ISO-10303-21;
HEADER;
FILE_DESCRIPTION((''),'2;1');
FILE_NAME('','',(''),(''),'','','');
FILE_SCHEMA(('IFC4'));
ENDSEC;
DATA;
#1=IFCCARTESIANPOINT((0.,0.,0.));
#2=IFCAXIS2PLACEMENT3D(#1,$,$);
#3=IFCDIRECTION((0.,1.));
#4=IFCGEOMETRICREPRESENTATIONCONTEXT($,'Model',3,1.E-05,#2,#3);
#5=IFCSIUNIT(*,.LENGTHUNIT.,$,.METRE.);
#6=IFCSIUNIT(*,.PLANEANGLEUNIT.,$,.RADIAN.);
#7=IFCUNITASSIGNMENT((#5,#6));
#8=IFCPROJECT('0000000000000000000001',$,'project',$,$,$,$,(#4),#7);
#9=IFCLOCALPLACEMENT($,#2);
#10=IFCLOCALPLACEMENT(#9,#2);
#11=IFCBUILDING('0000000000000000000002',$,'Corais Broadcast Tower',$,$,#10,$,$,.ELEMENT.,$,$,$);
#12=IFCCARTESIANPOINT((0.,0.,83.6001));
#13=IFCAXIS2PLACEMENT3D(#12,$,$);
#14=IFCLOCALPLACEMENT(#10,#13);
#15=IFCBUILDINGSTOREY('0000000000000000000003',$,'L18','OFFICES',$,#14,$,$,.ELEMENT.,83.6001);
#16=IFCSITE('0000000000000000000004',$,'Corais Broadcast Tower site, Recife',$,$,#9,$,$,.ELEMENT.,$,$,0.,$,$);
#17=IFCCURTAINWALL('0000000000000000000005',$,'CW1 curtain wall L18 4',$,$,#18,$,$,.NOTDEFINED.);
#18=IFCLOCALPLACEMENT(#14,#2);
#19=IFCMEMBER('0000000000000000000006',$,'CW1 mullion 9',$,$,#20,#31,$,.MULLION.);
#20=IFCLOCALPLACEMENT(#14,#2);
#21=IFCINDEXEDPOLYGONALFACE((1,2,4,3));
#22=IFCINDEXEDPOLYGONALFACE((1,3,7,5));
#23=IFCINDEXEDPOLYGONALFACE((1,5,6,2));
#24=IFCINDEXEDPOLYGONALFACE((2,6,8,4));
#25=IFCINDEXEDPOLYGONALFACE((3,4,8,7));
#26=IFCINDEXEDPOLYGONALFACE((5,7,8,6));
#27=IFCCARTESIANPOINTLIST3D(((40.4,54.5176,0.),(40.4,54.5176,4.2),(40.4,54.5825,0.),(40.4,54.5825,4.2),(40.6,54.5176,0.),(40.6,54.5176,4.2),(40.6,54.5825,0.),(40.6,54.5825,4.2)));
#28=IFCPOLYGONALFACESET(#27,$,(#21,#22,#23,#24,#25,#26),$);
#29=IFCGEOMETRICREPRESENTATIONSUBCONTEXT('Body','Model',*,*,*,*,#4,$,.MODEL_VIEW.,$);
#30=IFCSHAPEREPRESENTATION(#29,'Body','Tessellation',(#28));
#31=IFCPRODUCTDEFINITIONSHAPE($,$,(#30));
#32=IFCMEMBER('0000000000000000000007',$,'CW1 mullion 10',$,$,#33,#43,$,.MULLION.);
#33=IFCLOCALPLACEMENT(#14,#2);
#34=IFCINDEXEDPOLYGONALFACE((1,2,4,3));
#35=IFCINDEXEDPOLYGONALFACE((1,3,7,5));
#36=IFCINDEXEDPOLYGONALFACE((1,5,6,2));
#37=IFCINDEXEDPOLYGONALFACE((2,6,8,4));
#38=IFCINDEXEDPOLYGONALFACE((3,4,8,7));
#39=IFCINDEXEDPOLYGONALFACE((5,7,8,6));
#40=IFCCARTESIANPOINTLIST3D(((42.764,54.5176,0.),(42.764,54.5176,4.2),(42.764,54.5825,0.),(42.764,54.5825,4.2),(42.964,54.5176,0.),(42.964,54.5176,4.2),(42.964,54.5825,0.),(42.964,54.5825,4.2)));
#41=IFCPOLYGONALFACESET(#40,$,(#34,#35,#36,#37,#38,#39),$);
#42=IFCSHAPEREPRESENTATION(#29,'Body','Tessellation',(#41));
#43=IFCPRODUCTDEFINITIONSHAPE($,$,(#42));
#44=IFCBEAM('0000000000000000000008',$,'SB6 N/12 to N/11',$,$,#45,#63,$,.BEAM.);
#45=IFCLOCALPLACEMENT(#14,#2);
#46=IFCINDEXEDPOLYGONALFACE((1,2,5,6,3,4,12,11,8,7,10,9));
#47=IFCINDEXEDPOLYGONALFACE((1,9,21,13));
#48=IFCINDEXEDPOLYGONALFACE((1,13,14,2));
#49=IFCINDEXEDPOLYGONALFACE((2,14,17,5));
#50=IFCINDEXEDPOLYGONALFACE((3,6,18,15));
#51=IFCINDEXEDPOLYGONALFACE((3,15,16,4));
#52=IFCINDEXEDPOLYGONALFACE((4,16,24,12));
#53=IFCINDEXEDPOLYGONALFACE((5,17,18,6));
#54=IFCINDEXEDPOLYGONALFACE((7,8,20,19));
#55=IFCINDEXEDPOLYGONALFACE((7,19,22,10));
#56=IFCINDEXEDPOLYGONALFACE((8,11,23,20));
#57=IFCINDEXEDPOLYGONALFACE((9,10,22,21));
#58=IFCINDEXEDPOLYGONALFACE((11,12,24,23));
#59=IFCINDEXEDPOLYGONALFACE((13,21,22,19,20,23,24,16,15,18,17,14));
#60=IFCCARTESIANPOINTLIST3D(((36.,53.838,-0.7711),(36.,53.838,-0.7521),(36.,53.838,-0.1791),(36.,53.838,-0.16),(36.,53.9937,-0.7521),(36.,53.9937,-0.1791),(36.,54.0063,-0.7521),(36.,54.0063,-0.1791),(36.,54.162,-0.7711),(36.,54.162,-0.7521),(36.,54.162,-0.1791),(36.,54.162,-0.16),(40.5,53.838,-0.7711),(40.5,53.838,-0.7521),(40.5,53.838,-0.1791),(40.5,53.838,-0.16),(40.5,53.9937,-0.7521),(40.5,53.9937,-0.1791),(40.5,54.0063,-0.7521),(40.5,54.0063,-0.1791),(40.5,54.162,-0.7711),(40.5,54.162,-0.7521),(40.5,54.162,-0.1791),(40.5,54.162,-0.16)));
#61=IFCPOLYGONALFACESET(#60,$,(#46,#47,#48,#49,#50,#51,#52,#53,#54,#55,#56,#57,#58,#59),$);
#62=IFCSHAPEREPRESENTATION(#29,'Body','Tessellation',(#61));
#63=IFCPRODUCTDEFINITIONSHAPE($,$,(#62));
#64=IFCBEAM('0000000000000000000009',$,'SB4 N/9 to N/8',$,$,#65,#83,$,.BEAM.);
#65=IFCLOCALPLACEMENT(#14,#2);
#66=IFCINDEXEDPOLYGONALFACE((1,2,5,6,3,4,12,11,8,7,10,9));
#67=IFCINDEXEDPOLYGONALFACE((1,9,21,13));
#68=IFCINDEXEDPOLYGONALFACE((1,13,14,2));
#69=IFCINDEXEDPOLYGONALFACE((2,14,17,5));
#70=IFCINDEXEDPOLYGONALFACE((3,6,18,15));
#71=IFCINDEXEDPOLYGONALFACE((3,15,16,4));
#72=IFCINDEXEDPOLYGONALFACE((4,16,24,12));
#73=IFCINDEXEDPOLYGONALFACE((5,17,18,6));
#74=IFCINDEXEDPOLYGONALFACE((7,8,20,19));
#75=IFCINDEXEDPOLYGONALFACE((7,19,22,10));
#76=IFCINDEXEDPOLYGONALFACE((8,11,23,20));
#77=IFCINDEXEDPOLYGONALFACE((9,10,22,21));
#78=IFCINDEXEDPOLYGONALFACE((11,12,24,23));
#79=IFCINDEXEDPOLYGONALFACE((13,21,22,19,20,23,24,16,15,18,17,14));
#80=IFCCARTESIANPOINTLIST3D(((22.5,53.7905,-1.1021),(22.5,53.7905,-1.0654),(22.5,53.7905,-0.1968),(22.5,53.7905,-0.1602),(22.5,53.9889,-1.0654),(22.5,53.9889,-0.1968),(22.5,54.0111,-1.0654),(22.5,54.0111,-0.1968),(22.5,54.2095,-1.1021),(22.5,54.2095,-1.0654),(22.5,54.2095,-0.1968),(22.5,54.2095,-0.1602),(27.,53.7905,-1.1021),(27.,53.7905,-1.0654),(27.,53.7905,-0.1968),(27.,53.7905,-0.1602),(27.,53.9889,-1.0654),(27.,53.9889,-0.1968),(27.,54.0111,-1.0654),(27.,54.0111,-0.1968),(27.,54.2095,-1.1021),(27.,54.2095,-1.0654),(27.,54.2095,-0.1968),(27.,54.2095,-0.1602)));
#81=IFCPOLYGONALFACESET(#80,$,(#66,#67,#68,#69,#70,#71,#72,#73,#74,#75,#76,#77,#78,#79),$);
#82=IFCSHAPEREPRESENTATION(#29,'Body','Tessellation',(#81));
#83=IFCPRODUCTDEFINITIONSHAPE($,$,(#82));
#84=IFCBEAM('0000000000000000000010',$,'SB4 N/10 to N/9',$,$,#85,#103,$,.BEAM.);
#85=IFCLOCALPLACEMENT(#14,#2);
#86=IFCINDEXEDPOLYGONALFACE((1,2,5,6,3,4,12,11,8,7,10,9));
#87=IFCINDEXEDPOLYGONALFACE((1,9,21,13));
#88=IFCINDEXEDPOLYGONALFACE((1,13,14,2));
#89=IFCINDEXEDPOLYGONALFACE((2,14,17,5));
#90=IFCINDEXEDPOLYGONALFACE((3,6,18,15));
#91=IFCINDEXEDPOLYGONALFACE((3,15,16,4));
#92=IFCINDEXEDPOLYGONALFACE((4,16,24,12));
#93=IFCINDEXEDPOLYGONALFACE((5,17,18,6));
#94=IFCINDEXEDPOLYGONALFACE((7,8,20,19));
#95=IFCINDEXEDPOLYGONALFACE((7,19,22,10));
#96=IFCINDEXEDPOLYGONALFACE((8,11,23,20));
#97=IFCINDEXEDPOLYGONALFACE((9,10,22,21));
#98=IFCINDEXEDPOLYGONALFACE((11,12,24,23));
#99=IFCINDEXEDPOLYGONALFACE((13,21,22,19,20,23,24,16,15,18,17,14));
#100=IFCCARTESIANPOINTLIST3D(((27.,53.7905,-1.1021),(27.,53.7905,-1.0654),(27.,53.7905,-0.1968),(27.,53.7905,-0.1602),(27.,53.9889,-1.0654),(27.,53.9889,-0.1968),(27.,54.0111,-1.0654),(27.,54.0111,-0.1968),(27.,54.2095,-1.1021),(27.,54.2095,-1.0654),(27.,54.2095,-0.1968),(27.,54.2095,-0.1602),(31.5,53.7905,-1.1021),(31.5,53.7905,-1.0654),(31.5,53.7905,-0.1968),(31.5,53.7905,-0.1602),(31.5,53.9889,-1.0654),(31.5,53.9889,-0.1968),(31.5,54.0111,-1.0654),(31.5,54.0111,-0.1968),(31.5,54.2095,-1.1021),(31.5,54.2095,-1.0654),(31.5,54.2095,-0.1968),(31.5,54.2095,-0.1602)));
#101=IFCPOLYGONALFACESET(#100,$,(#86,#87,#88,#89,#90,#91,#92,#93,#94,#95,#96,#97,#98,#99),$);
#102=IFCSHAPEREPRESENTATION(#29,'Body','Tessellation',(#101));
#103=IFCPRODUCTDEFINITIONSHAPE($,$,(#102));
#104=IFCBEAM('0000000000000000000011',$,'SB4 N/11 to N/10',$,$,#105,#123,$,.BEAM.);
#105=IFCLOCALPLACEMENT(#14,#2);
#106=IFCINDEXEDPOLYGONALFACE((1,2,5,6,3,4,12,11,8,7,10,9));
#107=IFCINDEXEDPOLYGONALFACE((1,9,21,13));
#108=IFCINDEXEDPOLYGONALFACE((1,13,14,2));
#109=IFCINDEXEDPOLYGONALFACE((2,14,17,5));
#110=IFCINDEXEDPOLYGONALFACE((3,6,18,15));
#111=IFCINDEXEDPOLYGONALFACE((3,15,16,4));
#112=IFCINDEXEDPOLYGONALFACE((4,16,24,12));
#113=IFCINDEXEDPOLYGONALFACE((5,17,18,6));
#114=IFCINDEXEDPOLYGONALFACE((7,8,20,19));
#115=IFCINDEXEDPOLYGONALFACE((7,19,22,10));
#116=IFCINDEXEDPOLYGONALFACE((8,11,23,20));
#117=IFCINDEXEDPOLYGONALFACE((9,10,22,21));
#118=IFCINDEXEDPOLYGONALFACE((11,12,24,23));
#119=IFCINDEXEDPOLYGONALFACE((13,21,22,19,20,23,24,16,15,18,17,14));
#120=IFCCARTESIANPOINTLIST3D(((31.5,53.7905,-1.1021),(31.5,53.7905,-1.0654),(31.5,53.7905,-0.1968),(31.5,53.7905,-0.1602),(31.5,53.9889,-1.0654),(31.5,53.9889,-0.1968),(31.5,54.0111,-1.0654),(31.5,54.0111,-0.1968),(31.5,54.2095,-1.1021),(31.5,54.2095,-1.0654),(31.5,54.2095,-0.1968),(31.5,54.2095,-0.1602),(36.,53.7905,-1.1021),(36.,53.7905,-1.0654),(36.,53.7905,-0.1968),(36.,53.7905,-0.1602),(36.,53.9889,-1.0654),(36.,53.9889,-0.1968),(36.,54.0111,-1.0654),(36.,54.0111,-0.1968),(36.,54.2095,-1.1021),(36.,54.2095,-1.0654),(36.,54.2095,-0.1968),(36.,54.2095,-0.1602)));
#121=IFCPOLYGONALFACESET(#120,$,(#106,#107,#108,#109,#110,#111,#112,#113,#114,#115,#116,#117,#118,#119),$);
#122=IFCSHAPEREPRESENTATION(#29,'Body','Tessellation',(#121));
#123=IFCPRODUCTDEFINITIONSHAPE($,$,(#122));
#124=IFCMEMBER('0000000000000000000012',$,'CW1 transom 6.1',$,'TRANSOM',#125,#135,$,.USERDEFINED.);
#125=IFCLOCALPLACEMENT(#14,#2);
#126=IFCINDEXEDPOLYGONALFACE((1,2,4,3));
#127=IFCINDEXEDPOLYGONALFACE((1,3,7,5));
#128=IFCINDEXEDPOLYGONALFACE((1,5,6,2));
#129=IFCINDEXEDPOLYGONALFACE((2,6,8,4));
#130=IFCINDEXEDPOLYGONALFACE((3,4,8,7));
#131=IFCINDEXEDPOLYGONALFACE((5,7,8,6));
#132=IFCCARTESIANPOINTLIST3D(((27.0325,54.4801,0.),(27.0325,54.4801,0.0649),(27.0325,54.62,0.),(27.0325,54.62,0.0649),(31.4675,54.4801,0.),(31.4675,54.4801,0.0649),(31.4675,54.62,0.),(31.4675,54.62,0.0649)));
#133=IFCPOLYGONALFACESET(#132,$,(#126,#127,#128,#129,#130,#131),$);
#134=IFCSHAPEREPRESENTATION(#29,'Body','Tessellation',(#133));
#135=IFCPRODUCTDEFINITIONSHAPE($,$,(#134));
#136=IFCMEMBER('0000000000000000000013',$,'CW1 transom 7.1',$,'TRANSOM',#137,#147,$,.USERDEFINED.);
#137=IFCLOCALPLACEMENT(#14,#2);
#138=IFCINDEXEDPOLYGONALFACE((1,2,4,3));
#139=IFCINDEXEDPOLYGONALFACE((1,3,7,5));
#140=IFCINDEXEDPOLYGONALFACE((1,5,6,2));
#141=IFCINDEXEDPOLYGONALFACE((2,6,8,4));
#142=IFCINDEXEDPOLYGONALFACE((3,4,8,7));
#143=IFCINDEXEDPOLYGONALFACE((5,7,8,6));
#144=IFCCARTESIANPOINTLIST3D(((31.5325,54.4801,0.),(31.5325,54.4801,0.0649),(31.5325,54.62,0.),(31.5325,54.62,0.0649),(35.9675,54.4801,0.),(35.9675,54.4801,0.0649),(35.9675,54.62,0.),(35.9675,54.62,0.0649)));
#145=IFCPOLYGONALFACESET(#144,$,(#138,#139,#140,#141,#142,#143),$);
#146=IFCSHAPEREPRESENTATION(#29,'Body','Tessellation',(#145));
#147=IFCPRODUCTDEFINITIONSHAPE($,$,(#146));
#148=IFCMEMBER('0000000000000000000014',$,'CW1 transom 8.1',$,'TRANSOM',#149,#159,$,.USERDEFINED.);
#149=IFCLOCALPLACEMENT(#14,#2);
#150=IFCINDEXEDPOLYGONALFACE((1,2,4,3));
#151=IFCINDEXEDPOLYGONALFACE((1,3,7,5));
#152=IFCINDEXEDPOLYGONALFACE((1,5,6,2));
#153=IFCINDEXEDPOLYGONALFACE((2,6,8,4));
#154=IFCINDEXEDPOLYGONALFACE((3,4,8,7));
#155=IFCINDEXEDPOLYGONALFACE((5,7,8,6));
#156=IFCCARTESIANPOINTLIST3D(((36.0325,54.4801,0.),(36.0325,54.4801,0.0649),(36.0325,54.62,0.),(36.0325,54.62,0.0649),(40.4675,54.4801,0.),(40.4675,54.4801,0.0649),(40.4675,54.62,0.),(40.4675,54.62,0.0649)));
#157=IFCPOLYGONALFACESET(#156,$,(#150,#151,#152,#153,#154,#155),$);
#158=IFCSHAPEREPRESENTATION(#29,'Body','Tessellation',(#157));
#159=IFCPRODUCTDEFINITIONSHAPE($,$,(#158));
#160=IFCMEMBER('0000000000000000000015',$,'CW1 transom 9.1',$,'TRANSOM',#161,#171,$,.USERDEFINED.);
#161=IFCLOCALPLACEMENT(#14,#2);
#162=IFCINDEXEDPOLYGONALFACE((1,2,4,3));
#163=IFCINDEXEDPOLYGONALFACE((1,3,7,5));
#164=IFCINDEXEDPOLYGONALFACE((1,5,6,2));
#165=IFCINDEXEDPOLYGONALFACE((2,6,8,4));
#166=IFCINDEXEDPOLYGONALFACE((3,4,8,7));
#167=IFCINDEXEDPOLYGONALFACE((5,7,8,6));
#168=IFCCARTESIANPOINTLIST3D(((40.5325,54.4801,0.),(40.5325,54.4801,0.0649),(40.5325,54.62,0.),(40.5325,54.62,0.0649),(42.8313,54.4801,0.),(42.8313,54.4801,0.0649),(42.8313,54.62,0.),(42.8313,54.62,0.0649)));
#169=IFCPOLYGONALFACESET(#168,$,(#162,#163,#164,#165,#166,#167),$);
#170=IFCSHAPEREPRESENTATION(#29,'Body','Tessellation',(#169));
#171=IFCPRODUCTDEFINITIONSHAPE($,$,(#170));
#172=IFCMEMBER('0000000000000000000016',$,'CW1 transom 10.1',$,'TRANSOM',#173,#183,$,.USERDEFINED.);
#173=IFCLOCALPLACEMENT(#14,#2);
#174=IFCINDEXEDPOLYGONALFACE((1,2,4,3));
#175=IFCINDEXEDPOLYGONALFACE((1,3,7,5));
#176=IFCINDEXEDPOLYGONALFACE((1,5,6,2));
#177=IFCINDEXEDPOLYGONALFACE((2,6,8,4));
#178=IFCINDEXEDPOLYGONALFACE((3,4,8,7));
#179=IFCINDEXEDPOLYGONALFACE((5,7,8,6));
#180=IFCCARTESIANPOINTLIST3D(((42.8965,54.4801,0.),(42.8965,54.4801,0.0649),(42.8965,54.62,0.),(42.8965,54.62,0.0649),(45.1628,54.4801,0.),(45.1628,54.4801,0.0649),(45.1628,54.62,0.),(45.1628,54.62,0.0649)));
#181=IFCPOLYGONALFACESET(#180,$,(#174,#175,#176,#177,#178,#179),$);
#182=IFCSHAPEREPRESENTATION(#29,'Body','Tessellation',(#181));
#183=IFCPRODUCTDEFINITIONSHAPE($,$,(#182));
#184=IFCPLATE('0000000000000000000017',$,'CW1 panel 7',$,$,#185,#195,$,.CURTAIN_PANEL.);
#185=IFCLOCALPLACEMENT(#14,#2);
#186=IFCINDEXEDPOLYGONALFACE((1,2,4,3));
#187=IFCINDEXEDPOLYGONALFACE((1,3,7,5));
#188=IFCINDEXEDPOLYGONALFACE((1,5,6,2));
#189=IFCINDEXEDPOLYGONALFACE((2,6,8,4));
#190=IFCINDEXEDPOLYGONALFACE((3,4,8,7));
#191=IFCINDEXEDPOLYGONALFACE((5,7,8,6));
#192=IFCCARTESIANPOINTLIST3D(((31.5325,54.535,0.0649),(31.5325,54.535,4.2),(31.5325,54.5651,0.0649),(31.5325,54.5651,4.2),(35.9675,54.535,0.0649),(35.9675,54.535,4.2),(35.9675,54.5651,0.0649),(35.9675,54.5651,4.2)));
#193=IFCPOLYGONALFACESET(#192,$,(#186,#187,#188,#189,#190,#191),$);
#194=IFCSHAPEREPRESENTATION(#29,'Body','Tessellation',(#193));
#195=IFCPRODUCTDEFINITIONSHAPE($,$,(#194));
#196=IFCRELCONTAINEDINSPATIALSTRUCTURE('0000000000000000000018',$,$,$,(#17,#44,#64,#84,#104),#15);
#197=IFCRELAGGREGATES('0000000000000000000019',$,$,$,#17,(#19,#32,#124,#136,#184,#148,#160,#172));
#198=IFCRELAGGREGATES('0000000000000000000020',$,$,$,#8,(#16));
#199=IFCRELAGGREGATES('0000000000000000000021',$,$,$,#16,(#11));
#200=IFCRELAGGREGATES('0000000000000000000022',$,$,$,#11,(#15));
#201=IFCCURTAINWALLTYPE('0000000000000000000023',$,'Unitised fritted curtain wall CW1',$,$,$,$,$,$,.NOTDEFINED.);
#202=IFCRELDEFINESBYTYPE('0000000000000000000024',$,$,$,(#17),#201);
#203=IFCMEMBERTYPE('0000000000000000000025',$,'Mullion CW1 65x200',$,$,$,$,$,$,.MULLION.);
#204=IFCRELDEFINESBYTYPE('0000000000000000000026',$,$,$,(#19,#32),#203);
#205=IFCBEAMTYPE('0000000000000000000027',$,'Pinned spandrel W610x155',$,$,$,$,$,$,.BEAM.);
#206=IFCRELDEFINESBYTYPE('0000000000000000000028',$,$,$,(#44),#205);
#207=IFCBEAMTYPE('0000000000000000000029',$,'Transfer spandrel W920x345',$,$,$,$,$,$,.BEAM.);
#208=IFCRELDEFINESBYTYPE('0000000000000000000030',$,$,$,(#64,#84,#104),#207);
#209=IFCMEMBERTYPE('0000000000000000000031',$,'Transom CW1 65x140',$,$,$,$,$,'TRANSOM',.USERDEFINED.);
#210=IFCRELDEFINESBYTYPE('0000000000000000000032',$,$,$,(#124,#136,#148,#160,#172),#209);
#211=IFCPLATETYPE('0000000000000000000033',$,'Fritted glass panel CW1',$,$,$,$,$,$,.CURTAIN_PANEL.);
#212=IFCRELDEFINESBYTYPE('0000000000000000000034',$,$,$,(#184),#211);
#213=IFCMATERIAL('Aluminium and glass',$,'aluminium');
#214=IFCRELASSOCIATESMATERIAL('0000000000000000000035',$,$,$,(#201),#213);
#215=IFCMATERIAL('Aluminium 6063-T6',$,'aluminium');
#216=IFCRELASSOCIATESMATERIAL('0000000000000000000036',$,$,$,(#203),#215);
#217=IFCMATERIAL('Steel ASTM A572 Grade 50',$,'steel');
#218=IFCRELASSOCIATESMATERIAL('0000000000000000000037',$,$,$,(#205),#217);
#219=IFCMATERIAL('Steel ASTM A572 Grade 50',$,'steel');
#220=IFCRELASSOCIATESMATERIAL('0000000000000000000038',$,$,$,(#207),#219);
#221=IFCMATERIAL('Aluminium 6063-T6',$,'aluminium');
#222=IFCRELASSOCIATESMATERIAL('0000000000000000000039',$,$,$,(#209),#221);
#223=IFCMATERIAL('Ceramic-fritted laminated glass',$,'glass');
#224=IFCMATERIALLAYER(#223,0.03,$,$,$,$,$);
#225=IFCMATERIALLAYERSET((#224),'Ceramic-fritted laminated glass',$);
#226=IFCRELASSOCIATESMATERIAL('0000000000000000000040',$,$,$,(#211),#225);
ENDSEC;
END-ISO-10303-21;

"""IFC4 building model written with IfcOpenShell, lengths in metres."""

from ifc_helpers import new_model, si_unit, direction, frame, origin, origin_2d, place, context, subcontext, project, spatial, rectangle, i_section, extrude, material, layer, layer_set, material_profile, profile_set, type_object, element, aggregate, save


model = new_model("IFC4")

# Units and contexts
model_context = context("Model", 3, precision=1e-05, world=origin(), true_north=direction((0.0, 1.0)))
body_context = subcontext(model_context, "Body", "Model", "MODEL_VIEW")
ifc_project = project(units=[si_unit("LENGTHUNIT", "METRE"), si_unit("PLANEANGLEUNIT", "RADIAN")], contexts=[model_context])

# Site, building, storey
site_placement = place(None, origin())
site = spatial("IfcSite", under=ifc_project, at=site_placement, Name="Corais Broadcast Tower site, Recife", CompositionType="ELEMENT", RefElevation=0.0)
building_placement = place(site_placement, origin())
building = spatial("IfcBuilding", under=site, at=building_placement, Name="Corais Broadcast Tower", CompositionType="ELEMENT")
storey_placement = place(building_placement, frame((0.0, 0.0, 83.6001)))
storey = spatial("IfcBuildingStorey", under=building, at=storey_placement, Name="L18", Description="OFFICES", CompositionType="ELEMENT", Elevation=83.6001)

# Curtain wall, members
ifc_material_1 = material(Name="Aluminium and glass", Category="aluminium")
curtain_wall_type = type_object("IfcCurtainWallType", Name="Unitised fritted curtain wall CW1", PredefinedType="NOTDEFINED", material=ifc_material_1)
curtain_wall_placement = place(storey_placement, origin())
curtain_wall = element("IfcCurtainWall", 1, at=curtain_wall_placement, inside=storey, type_object=curtain_wall_type, Name="CW1 curtain wall L18 4", PredefinedType="NOTDEFINED")
ifc_material_2 = material(Name="Aluminium 6063-T6", Category="aluminium")
ifc_material_profile_1 = material_profile(ifc_material_2, rectangle(XDim=0.0649, YDim=0.2, at=origin_2d()), Name="Mullion CW1 65x200")
ifc_profile_set_1 = profile_set([ifc_material_profile_1], Name="Aluminium 6063-T6")
member_type_1 = type_object("IfcMemberType", Name="Mullion CW1 65x200", PredefinedType="MULLION", material=ifc_profile_set_1)
member_1_placement = place(storey_placement, frame((40.5, 54.55, 0.0), z_axis=(0.0, 0.0, 1.0), x_axis=(0.0, 1.0, 0.0)))
member_1 = element("IfcMember", 2, at=member_1_placement, type_object=member_type_1, Name="CW1 mullion 9", PredefinedType="MULLION", context=body_context, shape_type="SweptSolid", body=[
    extrude(rectangle(XDim=0.0649, YDim=0.2, at=origin_2d()), origin(), (0.0, 0.0, 1.0), 4.2),
])
member_2_placement = place(storey_placement, frame((42.864, 54.55, 0.0), z_axis=(0.0, 0.0, 1.0), x_axis=(0.0, 1.0, 0.0)))
member_2 = element("IfcMember", 3, at=member_2_placement, type_object=member_type_1, Name="CW1 mullion 10", PredefinedType="MULLION", context=body_context, shape_type="SweptSolid", body=[
    extrude(rectangle(XDim=0.0649, YDim=0.2, at=origin_2d()), origin(), (0.0, 0.0, 1.0), 4.2),
])

# Beams
ifc_material_3 = material(Name="Steel ASTM A572 Grade 50", Category="steel")
ifc_material_profile_2 = material_profile(ifc_material_3, i_section(OverallWidth=0.324, OverallDepth=0.6111, WebThickness=0.0127, FlangeThickness=0.019, at=origin_2d()), Name="W610x155")
ifc_profile_set_2 = profile_set([ifc_material_profile_2], Name="Steel ASTM A572 Grade 50")
beam_type_1 = type_object("IfcBeamType", Name="Pinned spandrel W610x155", PredefinedType="BEAM", material=ifc_profile_set_2)
beam_placement = place(storey_placement, frame((40.5, 54.0, -0.4656), z_axis=(-1.0, 0.0, 0.0), x_axis=(0.0, -1.0, 0.0)))
element("IfcBeam", 4, at=beam_placement, inside=storey, type_object=beam_type_1, Name="SB6 N/12 to N/11", PredefinedType="BEAM", context=body_context, shape_type="SweptSolid", body=[
    extrude(i_section(OverallWidth=0.324, OverallDepth=0.6111, WebThickness=0.0127, FlangeThickness=0.019, at=origin_2d()), origin(), (0.0, 0.0, 1.0), 4.5),
])
ifc_material_4 = material(Name="Steel ASTM A572 Grade 50", Category="steel")
ifc_material_profile_3 = material_profile(ifc_material_4, i_section(OverallWidth=0.4189, OverallDepth=0.9419, WebThickness=0.0222, FlangeThickness=0.0366, at=origin_2d()), Name="W920x345")
ifc_profile_set_3 = profile_set([ifc_material_profile_3], Name="Steel ASTM A572 Grade 50")
beam_type_2 = type_object("IfcBeamType", Name="Transfer spandrel W920x345", PredefinedType="BEAM", material=ifc_profile_set_3)
for number, where, z_axis, x_axis, name in (
    (5, (27.0, 54.0, -0.6311), (-1.0, 0.0, 0.0), (0.0, -1.0, 0.0), "SB4 N/9 to N/8"),
    (6, (31.5, 54.0, -0.6311), (-1.0, 0.0, 0.0), (0.0, -1.0, 0.0), "SB4 N/10 to N/9"),
    (7, (36.0, 54.0, -0.6311), (-1.0, 0.0, 0.0), (0.0, -1.0, 0.0), "SB4 N/11 to N/10"),
):
    element("IfcBeam", number, at=place(storey_placement, frame(where, z_axis=z_axis, x_axis=x_axis)), inside=storey, type_object=beam_type_2, Name=name, PredefinedType="BEAM", context=body_context, shape_type="SweptSolid", body=[
        extrude(i_section(OverallWidth=0.4189, OverallDepth=0.9419, WebThickness=0.0222, FlangeThickness=0.0366, at=origin_2d()), origin(), (0.0, 0.0, 1.0), 4.5),
    ])

# Members
ifc_material_5 = material(Name="Aluminium 6063-T6", Category="aluminium")
ifc_material_profile_4 = material_profile(ifc_material_5, rectangle(XDim=0.1399, YDim=0.0649, at=origin_2d()), Name="Transom CW1 65x140")
ifc_profile_set_4 = profile_set([ifc_material_profile_4], Name="Aluminium 6063-T6")
member_type_2 = type_object("IfcMemberType", Name="Transom CW1 65x140", ElementType="TRANSOM", PredefinedType="USERDEFINED", material=ifc_profile_set_4)
member_3_placement = place(storey_placement, frame((27.0325, 54.55, 0.0325), z_axis=(1.0, 0.0, 0.0), x_axis=(0.0, 1.0, 0.0)))
member_3 = element("IfcMember", 8, at=member_3_placement, type_object=member_type_2, Name="CW1 transom 6.1", ObjectType="TRANSOM", PredefinedType="USERDEFINED", context=body_context, shape_type="SweptSolid", body=[
    extrude(rectangle(XDim=0.1399, YDim=0.0649, at=origin_2d()), origin(), (0.0, 0.0, 1.0), 4.4351),
])
member_4_placement = place(storey_placement, frame((31.5325, 54.55, 0.0325), z_axis=(1.0, 0.0, 0.0), x_axis=(0.0, 1.0, 0.0)))
member_4 = element("IfcMember", 9, at=member_4_placement, type_object=member_type_2, Name="CW1 transom 7.1", ObjectType="TRANSOM", PredefinedType="USERDEFINED", context=body_context, shape_type="SweptSolid", body=[
    extrude(rectangle(XDim=0.1399, YDim=0.0649, at=origin_2d()), origin(), (0.0, 0.0, 1.0), 4.4351),
])
member_5_placement = place(storey_placement, frame((36.0325, 54.55, 0.0325), z_axis=(1.0, 0.0, 0.0), x_axis=(0.0, 1.0, 0.0)))
member_5 = element("IfcMember", 10, at=member_5_placement, type_object=member_type_2, Name="CW1 transom 8.1", ObjectType="TRANSOM", PredefinedType="USERDEFINED", context=body_context, shape_type="SweptSolid", body=[
    extrude(rectangle(XDim=0.1399, YDim=0.0649, at=origin_2d()), origin(), (0.0, 0.0, 1.0), 4.4351),
])
member_6_placement = place(storey_placement, frame((40.5325, 54.55, 0.0325), z_axis=(1.0, 0.0, 0.0), x_axis=(0.0, 1.0, 0.0)))
member_6 = element("IfcMember", 11, at=member_6_placement, type_object=member_type_2, Name="CW1 transom 9.1", ObjectType="TRANSOM", PredefinedType="USERDEFINED", context=body_context, shape_type="SweptSolid", body=[
    extrude(rectangle(XDim=0.1399, YDim=0.0649, at=origin_2d()), origin(), (0.0, 0.0, 1.0), 2.2988),
])
member_7_placement = place(storey_placement, frame((42.8965, 54.55, 0.0325), z_axis=(1.0, 0.0, 0.0), x_axis=(0.0, 1.0, 0.0)))
member_7 = element("IfcMember", 12, at=member_7_placement, type_object=member_type_2, Name="CW1 transom 10.1", ObjectType="TRANSOM", PredefinedType="USERDEFINED", context=body_context, shape_type="SweptSolid", body=[
    extrude(rectangle(XDim=0.1399, YDim=0.0649, at=origin_2d()), origin(), (0.0, 0.0, 1.0), 2.2664),
])

# Plate
ifc_material_6 = material(Name="Ceramic-fritted laminated glass", Category="glass")
ifc_layer_1 = layer(ifc_material_6, 0.03)
ifc_layer_set_1 = layer_set([ifc_layer_1], Name="Ceramic-fritted laminated glass")
plate_type_1 = type_object("IfcPlateType", Name="Fritted glass panel CW1", PredefinedType="CURTAIN_PANEL", material=ifc_layer_set_1)
plate_1_placement = place(storey_placement, frame((33.75, 54.55, 0.0649), z_axis=(0.0, 0.0, 1.0), x_axis=(1.0, 0.0, 0.0)))
plate_1 = element("IfcPlate", 13, at=plate_1_placement, type_object=plate_type_1, Name="CW1 panel 7", PredefinedType="CURTAIN_PANEL", context=body_context, shape_type="SweptSolid", body=[
    extrude(rectangle(XDim=4.4351, YDim=0.03, at=origin_2d()), origin(), (0.0, 0.0, 1.0), 4.135),
])
aggregate(curtain_wall, [member_1, member_2, member_3, member_4, plate_1, member_5, member_6, member_7])

save(model, "model.ifc")
